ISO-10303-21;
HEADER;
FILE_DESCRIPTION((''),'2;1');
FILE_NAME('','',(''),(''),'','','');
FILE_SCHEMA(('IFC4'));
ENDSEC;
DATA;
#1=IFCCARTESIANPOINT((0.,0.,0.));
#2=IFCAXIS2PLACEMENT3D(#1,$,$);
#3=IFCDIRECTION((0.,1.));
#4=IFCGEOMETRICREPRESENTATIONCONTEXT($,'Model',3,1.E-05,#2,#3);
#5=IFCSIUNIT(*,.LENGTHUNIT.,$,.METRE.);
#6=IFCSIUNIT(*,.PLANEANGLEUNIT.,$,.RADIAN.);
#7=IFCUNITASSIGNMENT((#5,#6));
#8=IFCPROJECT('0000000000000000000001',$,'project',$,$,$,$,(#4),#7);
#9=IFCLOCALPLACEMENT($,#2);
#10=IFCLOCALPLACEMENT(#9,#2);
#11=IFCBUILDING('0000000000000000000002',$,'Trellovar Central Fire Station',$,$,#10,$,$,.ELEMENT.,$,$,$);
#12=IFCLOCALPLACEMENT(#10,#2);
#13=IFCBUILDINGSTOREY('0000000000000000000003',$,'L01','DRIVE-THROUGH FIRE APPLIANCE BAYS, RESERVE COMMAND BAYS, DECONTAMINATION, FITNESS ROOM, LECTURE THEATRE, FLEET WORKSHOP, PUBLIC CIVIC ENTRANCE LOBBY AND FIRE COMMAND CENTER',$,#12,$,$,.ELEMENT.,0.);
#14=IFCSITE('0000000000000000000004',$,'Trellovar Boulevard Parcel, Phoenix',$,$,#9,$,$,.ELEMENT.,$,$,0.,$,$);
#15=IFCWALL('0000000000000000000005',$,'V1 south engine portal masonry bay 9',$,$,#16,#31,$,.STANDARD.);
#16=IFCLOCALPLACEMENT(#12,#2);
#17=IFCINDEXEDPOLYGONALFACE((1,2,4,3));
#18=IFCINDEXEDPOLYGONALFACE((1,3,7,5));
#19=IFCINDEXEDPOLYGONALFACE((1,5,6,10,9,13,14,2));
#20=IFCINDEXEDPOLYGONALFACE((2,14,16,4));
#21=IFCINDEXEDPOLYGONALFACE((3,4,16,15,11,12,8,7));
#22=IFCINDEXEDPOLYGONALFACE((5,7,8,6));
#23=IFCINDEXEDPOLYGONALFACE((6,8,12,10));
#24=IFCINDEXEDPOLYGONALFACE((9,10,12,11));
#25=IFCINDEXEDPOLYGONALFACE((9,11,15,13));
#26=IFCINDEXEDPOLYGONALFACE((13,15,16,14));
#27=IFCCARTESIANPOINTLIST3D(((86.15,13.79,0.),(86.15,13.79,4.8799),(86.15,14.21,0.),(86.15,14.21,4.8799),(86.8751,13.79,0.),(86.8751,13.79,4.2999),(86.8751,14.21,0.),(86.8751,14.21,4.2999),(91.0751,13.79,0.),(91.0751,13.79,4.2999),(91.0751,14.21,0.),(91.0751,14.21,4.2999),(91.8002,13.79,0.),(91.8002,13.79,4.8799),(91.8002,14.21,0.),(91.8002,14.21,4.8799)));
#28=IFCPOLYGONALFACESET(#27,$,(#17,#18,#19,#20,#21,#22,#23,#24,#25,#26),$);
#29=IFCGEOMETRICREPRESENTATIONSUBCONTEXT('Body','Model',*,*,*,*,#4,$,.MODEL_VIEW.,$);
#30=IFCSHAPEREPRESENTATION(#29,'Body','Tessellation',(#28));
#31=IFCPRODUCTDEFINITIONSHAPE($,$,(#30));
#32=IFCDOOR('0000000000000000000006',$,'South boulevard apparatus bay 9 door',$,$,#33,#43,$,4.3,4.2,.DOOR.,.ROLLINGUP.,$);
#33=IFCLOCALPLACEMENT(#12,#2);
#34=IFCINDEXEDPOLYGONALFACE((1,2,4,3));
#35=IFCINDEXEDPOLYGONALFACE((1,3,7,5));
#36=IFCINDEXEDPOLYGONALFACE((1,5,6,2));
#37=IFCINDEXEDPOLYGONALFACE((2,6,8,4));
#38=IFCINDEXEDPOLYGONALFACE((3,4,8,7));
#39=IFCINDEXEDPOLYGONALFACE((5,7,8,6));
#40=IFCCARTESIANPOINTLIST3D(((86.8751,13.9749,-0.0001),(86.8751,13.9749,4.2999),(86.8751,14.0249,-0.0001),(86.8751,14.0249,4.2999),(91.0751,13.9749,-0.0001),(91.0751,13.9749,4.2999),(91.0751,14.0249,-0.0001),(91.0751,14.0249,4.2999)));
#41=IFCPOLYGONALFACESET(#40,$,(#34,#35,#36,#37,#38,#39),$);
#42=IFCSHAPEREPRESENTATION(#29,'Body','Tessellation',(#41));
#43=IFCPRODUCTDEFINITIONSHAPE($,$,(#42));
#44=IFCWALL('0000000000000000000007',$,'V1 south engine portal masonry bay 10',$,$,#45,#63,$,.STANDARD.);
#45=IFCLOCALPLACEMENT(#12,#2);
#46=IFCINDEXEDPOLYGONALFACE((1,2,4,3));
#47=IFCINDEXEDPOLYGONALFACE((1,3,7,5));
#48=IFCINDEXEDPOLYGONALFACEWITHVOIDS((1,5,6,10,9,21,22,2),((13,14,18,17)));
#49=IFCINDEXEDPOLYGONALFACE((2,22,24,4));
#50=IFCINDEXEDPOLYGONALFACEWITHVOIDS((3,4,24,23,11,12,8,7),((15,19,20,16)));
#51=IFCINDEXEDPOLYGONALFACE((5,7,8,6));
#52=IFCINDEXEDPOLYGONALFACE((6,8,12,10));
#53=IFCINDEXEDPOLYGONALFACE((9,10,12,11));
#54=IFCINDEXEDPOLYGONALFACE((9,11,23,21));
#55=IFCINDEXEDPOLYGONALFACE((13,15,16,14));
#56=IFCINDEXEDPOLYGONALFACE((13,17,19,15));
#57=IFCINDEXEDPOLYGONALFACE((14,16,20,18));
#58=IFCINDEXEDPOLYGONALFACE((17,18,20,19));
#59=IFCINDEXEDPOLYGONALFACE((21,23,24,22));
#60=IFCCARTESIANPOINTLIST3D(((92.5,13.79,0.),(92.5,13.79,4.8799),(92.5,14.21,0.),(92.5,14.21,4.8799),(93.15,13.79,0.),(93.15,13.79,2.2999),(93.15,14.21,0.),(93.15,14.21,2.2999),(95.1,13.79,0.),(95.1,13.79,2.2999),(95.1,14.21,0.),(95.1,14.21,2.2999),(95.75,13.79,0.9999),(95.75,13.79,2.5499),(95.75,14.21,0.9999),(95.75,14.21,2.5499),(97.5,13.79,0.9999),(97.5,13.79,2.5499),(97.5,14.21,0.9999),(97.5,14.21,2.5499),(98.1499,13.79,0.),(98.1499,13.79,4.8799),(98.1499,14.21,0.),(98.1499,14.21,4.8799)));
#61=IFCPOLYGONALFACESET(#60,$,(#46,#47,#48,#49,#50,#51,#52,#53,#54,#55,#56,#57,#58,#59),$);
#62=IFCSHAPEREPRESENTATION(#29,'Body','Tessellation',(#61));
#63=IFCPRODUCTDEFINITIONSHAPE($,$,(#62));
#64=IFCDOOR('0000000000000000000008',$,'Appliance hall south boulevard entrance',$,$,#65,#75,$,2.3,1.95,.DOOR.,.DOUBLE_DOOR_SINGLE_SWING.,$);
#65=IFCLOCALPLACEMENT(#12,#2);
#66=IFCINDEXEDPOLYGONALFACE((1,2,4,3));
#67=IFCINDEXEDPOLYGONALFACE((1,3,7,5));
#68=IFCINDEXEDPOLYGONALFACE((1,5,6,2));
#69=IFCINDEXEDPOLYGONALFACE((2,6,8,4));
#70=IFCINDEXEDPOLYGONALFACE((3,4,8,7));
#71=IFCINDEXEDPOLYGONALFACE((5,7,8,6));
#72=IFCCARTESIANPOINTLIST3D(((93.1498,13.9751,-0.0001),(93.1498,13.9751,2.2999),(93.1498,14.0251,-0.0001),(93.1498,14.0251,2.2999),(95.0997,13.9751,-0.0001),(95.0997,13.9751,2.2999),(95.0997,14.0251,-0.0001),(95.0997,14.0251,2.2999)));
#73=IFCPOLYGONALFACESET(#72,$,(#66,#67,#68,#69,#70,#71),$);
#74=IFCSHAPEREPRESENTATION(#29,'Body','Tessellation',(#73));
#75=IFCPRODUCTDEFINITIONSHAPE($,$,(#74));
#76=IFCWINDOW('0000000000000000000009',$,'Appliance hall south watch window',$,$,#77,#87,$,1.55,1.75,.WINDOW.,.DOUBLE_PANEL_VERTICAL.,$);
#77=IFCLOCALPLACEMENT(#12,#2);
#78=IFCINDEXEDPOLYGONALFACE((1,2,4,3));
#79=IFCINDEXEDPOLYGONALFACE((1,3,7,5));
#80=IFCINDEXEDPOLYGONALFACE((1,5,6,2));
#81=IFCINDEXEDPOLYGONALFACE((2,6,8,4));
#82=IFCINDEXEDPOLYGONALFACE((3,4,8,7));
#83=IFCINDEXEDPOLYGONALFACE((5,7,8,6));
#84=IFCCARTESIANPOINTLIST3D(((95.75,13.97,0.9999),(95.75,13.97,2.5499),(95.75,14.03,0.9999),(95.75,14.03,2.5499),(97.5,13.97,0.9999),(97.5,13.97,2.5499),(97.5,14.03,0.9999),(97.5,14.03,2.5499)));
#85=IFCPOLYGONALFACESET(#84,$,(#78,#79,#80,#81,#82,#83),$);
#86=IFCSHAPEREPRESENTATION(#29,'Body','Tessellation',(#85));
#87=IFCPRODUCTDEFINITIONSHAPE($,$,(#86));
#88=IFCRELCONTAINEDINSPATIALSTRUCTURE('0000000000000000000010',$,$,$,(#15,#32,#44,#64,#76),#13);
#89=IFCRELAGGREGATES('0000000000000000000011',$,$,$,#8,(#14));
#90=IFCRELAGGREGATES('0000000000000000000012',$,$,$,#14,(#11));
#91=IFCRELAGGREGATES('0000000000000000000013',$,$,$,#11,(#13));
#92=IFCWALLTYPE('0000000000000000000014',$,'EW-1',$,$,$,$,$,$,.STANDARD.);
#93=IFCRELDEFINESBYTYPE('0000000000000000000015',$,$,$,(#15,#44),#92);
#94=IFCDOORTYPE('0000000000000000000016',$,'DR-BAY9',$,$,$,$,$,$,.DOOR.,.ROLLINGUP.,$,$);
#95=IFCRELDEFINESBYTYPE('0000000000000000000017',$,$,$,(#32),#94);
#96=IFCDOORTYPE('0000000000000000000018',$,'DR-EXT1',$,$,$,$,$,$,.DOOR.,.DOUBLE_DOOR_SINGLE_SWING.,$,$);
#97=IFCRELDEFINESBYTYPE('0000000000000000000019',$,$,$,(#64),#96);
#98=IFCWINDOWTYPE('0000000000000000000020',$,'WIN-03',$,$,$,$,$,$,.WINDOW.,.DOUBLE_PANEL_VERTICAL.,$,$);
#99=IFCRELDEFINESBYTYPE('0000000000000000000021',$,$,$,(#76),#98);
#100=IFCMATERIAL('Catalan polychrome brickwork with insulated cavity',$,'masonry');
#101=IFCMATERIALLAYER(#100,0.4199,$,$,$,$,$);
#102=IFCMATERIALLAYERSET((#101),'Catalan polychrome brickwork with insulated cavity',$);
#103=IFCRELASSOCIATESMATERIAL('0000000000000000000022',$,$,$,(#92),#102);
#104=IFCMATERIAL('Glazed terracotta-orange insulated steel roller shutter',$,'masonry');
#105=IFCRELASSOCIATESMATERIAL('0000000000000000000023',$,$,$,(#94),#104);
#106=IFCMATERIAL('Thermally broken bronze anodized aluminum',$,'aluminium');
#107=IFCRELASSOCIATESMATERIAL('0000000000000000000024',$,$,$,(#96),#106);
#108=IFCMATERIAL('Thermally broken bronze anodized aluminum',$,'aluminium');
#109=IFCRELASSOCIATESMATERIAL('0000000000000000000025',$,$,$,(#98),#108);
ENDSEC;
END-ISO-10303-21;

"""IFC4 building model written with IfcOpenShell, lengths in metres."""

from ifc_helpers import new_model, si_unit, direction, frame, frame_2d, origin, place, context, subcontext, project, spatial, rectangle, extrude, material, layer, layer_set, type_object, element, fill, save


model = new_model("IFC4")

# Units and contexts
model_context = context("Model", 3, precision=1e-05, world=origin(), true_north=direction((0.0, 1.0)))
body_context = subcontext(model_context, "Body", "Model", "MODEL_VIEW")
ifc_project = project(units=[si_unit("LENGTHUNIT", "METRE"), si_unit("PLANEANGLEUNIT", "RADIAN")], contexts=[model_context])

# Site, building, storey
site_placement = place(None, origin())
site = spatial("IfcSite", under=ifc_project, at=site_placement, Name="Trellovar Boulevard Parcel, Phoenix", CompositionType="ELEMENT", RefElevation=0.0)
building_placement = place(site_placement, origin())
building = spatial("IfcBuilding", under=site, at=building_placement, Name="Trellovar Central Fire Station", CompositionType="ELEMENT")
storey_placement = place(building_placement, origin())
storey = spatial("IfcBuildingStorey", under=building, at=storey_placement, Name="L01", Description="DRIVE-THROUGH FIRE APPLIANCE BAYS, RESERVE COMMAND BAYS, DECONTAMINATION, FITNESS ROOM, LECTURE THEATRE, FLEET WORKSHOP, PUBLIC CIVIC ENTRANCE LOBBY AND FIRE COMMAND CENTER", CompositionType="ELEMENT", Elevation=0.0)

# Wall, opening, door
ifc_material_1 = material(Name="Catalan polychrome brickwork with insulated cavity", Category="masonry")
ifc_layer = layer(ifc_material_1, 0.4199)
ifc_layer_set = layer_set([ifc_layer], Name="Catalan polychrome brickwork with insulated cavity")
wall_type = type_object("IfcWallType", Name="EW-1", PredefinedType="STANDARD", material=ifc_layer_set)
wall_1_placement = place(storey_placement, frame((86.1499, 14.0, 0.0), z_axis=(0.0, 0.0, 1.0), x_axis=(1.0, 0.0, 0.0)))
wall_1 = element("IfcWall", 1, at=wall_1_placement, inside=storey, type_object=wall_type, Name="V1 south engine portal masonry bay 9", PredefinedType="STANDARD", context=body_context, shape_type="SweptSolid", body=[
    extrude(rectangle(XDim=5.6501, YDim=0.4199, at=frame_2d((2.8252, 0.0))), origin(), (0.0, 0.0, 1.0), 4.8799),
])
opening_1_placement = place(wall_1_placement, frame((0.7251, 0.0, 0.0)))
opening_1 = element("IfcOpeningElement", 2, at=opening_1_placement, cuts=wall_1, PredefinedType="OPENING", context=body_context, shape_type="SweptSolid", body=[
    extrude(rectangle(XDim=4.2, YDim=4.3, at=frame_2d((2.1001, 2.1499))), frame((0.0, 0.22, 0.0), z_axis=(0.0, -1.0, 0.0), x_axis=(1.0, 0.0, 0.0)), (0.0, 0.0, 1.0), 0.4399),
])
ifc_material_2 = material(Name="Glazed terracotta-orange insulated steel roller shutter", Category="masonry")
door_type_1 = type_object("IfcDoorType", Name="DR-BAY9", OperationType="ROLLINGUP", PredefinedType="DOOR", material=ifc_material_2)
door_1_placement = place(opening_1_placement, origin())
door_1 = element("IfcDoor", 3, at=door_1_placement, inside=storey, type_object=door_type_1, Name="South boulevard apparatus bay 9 door", OperationType="ROLLINGUP", OverallHeight=4.3, OverallWidth=4.2, PredefinedType="DOOR", context=body_context, shape_type="SweptSolid", body=[
    extrude(rectangle(XDim=4.2, YDim=4.3, at=frame_2d((2.1001, 2.1499))), frame((0.0, 0.0249, 0.0), z_axis=(0.0, -1.0, 0.0), x_axis=(1.0, 0.0, 0.0)), (0.0, 0.0, 1.0), 0.05),
])
fill(opening_1, door_1)

# Wall, openings, door, window
wall_2_placement = place(storey_placement, frame((92.5, 14.0, 0.0), z_axis=(0.0, 0.0, 1.0), x_axis=(1.0, 0.0, 0.0)))
wall_2 = element("IfcWall", 4, at=wall_2_placement, inside=storey, type_object=wall_type, Name="V1 south engine portal masonry bay 10", PredefinedType="STANDARD", context=body_context, shape_type="SweptSolid", body=[
    extrude(rectangle(XDim=5.6499, YDim=0.4199, at=frame_2d((2.825, 0.0))), origin(), (0.0, 0.0, 1.0), 4.8799),
])
opening_2_placement = place(wall_2_placement, frame((0.6499, 0.0, 0.0)))
opening_2 = element("IfcOpeningElement", 5, at=opening_2_placement, cuts=wall_2, PredefinedType="OPENING", context=body_context, shape_type="SweptSolid", body=[
    extrude(rectangle(XDim=1.95, YDim=2.3, at=frame_2d((0.9751, 1.1499))), frame((0.0, 0.22, 0.0), z_axis=(0.0, -1.0, 0.0), x_axis=(1.0, 0.0, 0.0)), (0.0, 0.0, 1.0), 0.4399),
])
opening_3_placement = place(wall_2_placement, frame((3.25, 0.0, 1.0)))
opening_3 = element("IfcOpeningElement", 6, at=opening_3_placement, cuts=wall_2, PredefinedType="OPENING", context=body_context, shape_type="SweptSolid", body=[
    extrude(rectangle(XDim=1.75, YDim=1.55, at=frame_2d((0.875, 0.7749))), frame((0.0, 0.22, 0.0), z_axis=(0.0, -1.0, 0.0), x_axis=(1.0, 0.0, 0.0)), (0.0, 0.0, 1.0), 0.4399),
])
ifc_material_3 = material(Name="Thermally broken bronze anodized aluminum", Category="aluminium")
door_type_2 = type_object("IfcDoorType", Name="DR-EXT1", OperationType="DOUBLE_DOOR_SINGLE_SWING", PredefinedType="DOOR", material=ifc_material_3)
door_2_placement = place(opening_2_placement, frame((1.95, 0.0, 0.0), z_axis=(0.0, 0.0, 1.0), x_axis=(-1.0, 0.0, 0.0)))
door_2 = element("IfcDoor", 7, at=door_2_placement, inside=storey, type_object=door_type_2, Name="Appliance hall south boulevard entrance", OperationType="DOUBLE_DOOR_SINGLE_SWING", OverallHeight=2.3, OverallWidth=1.95, PredefinedType="DOOR", context=body_context, shape_type="SweptSolid", body=[
    extrude(rectangle(XDim=1.95, YDim=2.3, at=frame_2d((0.9751, 1.1499))), frame((0.0, 0.0249, 0.0), z_axis=(0.0, -1.0, 0.0), x_axis=(1.0, 0.0, 0.0)), (0.0, 0.0, 1.0), 0.05),
])
fill(opening_2, door_2)
ifc_material_4 = material(Name="Thermally broken bronze anodized aluminum", Category="aluminium")
window_type = type_object("IfcWindowType", Name="WIN-03", PartitioningType="DOUBLE_PANEL_VERTICAL", PredefinedType="WINDOW", material=ifc_material_4)
window_placement = place(opening_3_placement, origin())
window = element("IfcWindow", 8, at=window_placement, inside=storey, type_object=window_type, Name="Appliance hall south watch window", OverallHeight=1.55, OverallWidth=1.75, PartitioningType="DOUBLE_PANEL_VERTICAL", PredefinedType="WINDOW", context=body_context, shape_type="SweptSolid", body=[
    extrude(rectangle(XDim=1.75, YDim=1.55, at=frame_2d((0.875, 0.7749))), frame((0.0, 0.03, 0.0), z_axis=(0.0, -1.0, 0.0), x_axis=(1.0, 0.0, 0.0)), (0.0, 0.0, 1.0), 0.0601),
])
fill(opening_3, window)

save(model, "model.ifc")
